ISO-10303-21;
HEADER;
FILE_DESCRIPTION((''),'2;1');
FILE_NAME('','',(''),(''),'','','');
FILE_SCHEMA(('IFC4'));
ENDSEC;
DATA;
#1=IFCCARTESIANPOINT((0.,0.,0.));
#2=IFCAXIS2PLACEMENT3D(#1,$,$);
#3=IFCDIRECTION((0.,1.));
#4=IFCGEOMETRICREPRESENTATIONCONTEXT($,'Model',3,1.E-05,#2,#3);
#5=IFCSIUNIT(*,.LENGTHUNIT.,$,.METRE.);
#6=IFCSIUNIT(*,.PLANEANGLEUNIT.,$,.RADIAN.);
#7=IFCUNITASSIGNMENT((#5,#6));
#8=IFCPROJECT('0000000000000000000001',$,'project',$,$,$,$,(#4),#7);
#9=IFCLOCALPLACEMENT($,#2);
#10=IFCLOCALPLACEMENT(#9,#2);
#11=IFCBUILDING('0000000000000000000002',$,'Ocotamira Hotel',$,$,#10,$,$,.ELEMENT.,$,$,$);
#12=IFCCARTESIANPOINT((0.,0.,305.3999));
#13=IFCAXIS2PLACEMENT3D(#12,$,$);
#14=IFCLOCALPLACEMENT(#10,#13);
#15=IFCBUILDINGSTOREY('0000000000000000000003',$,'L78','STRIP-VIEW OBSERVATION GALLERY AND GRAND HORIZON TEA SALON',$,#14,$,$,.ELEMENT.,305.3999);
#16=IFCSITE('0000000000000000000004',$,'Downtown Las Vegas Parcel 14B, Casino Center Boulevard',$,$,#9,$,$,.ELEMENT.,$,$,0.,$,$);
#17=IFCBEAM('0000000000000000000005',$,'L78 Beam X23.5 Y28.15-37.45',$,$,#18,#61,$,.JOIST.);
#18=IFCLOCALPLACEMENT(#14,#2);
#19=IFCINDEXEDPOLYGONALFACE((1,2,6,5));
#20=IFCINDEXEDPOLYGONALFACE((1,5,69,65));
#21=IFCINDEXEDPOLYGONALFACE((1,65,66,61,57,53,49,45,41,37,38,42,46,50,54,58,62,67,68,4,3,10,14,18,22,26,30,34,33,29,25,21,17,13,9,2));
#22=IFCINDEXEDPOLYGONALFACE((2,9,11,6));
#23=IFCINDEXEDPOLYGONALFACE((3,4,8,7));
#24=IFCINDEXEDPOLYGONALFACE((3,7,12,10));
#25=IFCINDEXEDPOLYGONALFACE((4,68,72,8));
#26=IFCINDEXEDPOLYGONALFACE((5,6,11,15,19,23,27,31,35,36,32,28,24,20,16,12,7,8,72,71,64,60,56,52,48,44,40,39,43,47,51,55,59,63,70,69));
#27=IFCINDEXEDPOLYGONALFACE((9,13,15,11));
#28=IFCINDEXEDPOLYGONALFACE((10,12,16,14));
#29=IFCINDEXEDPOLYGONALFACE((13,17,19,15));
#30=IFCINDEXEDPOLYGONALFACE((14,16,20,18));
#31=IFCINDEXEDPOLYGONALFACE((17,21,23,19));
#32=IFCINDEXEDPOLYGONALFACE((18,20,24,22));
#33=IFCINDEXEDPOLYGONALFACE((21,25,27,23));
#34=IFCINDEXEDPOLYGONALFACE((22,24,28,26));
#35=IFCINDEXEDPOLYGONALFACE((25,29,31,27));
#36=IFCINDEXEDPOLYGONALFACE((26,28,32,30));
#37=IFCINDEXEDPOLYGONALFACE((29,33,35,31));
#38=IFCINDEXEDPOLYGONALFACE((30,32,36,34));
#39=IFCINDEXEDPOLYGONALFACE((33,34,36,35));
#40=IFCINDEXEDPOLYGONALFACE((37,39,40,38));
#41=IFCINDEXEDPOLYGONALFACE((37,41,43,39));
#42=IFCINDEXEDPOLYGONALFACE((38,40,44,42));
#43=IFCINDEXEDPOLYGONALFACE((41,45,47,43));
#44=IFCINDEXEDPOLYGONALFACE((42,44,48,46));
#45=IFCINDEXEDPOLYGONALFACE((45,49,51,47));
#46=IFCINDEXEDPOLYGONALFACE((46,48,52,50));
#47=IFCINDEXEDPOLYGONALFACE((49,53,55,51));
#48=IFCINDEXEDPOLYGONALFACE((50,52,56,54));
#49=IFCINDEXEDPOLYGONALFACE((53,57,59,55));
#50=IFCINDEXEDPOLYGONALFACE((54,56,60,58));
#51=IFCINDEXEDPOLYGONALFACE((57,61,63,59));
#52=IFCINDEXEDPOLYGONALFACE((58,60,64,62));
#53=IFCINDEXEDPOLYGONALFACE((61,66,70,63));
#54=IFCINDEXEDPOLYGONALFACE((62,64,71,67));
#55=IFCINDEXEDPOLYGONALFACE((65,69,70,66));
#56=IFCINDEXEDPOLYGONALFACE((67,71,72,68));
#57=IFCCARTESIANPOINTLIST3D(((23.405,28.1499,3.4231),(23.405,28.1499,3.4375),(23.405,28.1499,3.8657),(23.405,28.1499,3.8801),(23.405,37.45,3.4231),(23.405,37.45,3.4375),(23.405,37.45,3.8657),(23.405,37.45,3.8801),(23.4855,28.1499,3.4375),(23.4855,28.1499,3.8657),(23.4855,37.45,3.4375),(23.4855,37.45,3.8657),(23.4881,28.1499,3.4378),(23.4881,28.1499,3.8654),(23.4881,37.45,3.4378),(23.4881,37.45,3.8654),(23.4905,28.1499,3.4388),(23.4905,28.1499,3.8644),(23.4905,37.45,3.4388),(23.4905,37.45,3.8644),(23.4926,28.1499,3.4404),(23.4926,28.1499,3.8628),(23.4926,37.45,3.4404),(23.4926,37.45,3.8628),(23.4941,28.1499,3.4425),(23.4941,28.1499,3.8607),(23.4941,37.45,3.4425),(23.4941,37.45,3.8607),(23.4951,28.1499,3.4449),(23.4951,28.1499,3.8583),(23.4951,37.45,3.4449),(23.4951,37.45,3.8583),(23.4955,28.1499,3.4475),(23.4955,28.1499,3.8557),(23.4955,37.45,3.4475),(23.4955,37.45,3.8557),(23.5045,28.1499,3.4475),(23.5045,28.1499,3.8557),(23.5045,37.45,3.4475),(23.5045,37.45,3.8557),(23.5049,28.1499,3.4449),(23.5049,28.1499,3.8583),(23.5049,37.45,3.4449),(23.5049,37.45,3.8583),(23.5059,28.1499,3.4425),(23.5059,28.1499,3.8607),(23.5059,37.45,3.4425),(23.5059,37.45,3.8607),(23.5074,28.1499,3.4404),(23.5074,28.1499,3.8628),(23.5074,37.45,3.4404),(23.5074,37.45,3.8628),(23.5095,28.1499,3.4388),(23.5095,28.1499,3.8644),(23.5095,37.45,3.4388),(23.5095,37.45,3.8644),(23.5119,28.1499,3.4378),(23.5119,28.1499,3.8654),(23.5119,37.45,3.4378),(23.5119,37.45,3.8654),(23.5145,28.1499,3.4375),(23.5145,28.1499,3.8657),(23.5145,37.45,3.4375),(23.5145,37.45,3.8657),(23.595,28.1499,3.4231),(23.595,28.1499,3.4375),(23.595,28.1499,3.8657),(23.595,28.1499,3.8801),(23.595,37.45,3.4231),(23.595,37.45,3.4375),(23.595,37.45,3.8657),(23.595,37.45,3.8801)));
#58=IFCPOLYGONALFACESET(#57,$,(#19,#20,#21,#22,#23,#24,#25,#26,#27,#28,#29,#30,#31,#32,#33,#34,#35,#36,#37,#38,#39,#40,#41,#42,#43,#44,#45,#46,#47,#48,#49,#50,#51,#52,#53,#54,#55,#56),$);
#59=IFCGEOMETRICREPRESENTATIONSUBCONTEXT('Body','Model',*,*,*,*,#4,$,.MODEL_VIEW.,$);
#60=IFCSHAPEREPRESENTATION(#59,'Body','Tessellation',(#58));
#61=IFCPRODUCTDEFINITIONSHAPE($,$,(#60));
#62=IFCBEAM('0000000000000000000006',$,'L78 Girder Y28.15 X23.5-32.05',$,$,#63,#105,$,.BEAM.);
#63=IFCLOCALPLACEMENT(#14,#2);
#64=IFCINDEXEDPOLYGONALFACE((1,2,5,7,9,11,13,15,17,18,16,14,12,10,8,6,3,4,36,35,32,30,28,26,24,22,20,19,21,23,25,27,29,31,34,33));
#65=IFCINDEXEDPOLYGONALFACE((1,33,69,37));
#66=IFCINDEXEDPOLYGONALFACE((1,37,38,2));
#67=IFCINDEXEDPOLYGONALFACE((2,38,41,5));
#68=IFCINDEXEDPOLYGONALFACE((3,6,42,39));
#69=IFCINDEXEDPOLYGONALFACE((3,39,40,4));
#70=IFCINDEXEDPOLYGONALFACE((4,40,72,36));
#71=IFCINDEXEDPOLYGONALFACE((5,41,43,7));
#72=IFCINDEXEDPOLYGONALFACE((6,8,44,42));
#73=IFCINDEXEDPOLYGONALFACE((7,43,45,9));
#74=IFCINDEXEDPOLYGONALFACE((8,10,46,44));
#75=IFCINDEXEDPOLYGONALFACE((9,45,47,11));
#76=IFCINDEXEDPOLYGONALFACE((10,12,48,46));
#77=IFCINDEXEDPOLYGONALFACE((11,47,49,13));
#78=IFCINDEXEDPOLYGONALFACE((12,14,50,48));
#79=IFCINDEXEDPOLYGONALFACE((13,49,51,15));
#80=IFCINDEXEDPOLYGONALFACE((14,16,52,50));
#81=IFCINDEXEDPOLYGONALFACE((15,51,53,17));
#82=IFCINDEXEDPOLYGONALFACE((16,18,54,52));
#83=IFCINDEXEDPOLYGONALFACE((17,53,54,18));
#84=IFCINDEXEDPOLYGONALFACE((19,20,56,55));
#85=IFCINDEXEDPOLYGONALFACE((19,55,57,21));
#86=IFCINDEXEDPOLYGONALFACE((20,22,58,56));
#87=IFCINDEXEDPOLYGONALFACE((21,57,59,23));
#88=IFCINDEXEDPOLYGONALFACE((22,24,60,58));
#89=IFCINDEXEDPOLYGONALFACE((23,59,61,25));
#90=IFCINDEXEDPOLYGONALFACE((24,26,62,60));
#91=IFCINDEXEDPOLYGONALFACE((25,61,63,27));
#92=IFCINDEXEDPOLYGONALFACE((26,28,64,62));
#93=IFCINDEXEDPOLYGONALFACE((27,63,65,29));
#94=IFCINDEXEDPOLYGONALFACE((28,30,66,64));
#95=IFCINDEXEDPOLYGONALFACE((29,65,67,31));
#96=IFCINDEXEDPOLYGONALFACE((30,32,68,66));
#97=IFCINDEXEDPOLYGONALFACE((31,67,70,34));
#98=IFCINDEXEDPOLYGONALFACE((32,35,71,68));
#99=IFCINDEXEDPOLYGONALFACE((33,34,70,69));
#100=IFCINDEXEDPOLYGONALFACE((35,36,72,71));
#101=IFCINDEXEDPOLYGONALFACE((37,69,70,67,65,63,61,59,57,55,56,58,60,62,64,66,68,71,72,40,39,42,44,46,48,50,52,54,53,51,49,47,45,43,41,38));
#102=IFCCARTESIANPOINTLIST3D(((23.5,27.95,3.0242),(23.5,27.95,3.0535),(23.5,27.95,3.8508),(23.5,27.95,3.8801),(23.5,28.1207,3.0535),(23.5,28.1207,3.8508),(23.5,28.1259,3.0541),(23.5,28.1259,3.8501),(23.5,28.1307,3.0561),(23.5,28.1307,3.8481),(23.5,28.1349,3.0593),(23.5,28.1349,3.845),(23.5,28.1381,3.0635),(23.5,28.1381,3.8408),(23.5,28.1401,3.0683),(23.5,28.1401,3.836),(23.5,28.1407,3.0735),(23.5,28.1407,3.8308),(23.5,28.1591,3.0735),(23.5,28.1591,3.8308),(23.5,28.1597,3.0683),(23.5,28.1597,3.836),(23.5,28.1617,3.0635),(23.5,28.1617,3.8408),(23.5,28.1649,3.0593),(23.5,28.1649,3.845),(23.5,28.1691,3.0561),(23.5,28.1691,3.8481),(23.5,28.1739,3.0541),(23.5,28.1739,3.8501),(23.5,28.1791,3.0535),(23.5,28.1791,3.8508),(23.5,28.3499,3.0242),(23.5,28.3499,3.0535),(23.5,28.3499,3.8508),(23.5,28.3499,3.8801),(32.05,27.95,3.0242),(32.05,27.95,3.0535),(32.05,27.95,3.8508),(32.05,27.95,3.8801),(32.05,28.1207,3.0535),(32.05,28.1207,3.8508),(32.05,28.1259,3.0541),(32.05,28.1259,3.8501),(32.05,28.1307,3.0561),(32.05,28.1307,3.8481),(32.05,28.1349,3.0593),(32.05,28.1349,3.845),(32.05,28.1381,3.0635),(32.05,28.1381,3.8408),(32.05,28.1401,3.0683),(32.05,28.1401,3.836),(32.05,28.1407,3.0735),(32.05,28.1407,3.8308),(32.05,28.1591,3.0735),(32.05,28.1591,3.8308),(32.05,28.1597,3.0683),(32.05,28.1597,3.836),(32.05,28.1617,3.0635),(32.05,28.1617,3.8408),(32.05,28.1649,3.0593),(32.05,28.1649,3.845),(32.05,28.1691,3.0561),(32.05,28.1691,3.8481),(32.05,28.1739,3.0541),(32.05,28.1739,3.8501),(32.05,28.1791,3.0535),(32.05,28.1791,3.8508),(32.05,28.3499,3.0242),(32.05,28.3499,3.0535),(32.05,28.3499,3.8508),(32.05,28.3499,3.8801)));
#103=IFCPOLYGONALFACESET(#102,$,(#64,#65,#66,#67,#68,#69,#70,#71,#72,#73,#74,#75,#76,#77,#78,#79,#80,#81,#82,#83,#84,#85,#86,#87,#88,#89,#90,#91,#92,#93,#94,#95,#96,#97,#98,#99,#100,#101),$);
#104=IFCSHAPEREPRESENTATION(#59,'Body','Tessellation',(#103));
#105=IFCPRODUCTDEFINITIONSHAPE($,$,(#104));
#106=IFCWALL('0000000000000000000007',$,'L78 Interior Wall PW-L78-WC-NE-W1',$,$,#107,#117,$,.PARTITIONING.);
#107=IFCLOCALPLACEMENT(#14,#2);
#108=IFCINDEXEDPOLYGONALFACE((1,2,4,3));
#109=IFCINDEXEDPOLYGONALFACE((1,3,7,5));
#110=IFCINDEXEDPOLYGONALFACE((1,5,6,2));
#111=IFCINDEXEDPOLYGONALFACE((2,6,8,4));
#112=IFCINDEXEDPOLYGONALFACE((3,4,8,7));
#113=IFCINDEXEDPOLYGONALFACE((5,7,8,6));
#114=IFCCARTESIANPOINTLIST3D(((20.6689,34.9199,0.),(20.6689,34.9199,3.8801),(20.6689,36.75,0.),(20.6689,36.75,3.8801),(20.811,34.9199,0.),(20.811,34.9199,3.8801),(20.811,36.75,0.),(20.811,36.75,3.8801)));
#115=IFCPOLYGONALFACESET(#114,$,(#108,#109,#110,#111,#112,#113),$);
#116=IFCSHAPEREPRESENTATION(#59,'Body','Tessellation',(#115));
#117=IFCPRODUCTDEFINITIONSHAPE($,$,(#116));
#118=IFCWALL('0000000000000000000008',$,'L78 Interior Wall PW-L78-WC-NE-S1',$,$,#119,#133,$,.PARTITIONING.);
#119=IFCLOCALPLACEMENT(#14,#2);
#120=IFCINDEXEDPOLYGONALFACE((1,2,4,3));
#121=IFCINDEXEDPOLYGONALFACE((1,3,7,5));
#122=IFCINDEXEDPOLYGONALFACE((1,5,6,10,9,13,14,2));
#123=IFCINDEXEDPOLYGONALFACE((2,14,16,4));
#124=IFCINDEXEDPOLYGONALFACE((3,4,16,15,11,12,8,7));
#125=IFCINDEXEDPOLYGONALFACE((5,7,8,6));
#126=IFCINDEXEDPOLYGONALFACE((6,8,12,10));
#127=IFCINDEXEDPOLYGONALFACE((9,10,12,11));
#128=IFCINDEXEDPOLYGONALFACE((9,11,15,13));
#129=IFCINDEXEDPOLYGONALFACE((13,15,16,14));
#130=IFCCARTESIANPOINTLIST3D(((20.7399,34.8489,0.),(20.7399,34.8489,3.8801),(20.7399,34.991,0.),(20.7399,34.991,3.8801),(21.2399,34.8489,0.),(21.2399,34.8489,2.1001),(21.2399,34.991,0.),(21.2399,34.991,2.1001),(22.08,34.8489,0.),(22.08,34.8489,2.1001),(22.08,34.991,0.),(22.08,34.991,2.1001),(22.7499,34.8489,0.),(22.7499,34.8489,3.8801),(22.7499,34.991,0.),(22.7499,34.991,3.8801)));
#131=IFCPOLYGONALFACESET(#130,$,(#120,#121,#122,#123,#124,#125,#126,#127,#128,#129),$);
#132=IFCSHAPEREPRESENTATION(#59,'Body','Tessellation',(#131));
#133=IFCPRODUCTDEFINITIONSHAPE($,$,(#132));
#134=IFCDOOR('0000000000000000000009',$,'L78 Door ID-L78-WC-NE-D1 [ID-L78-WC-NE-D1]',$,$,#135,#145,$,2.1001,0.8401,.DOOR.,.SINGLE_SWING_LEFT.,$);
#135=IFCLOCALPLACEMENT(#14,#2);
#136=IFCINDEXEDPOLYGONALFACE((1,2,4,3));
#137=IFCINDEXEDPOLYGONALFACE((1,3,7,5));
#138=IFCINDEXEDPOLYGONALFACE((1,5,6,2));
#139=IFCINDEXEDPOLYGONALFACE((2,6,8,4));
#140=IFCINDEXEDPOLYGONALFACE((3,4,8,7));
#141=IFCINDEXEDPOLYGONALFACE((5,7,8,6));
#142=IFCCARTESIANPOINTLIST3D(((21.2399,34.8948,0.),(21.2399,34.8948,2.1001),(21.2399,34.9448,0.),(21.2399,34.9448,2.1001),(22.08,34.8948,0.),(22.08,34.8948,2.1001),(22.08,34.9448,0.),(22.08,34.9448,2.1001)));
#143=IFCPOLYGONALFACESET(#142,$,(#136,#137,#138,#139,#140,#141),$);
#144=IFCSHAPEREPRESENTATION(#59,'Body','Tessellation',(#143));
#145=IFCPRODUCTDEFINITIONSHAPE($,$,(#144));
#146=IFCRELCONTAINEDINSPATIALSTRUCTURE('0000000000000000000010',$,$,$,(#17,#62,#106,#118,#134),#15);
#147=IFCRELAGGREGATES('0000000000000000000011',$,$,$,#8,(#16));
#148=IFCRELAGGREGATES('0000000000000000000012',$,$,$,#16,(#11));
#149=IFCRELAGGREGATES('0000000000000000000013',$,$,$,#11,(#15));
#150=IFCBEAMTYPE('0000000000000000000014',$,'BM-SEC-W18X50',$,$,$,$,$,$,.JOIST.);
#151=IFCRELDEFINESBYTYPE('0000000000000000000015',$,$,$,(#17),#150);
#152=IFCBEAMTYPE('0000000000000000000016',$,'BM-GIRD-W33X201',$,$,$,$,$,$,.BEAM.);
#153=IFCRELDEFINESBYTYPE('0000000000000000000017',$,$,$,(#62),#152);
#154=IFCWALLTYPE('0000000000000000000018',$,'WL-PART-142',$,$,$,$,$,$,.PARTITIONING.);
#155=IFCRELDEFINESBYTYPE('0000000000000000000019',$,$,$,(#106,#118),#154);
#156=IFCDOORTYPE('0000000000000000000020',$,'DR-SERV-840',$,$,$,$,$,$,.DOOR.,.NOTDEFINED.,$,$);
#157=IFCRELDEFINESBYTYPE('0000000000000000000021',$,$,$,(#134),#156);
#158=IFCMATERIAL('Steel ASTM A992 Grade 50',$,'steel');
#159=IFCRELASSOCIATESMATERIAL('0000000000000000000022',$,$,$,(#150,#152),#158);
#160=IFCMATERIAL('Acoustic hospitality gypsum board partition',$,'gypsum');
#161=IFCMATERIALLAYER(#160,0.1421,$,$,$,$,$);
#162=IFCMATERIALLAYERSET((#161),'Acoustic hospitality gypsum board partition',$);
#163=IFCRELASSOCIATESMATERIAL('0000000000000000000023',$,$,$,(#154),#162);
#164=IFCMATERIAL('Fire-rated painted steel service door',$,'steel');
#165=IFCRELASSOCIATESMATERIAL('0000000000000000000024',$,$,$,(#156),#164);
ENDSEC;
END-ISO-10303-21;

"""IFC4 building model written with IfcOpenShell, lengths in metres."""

from ifc_helpers import new_model, si_unit, direction, frame, frame_2d, origin, origin_2d, place, context, subcontext, project, spatial, rectangle, i_section, extrude, source, transform, mapped, material, layer, layer_set, material_profile, profile_set, type_object, element, fill, save


model = new_model("IFC4")

# Units and contexts
model_context = context("Model", 3, precision=1e-05, world=origin(), true_north=direction((0.0, 1.0)))
body_context = subcontext(model_context, "Body", "Model", "MODEL_VIEW")
ifc_project = project(units=[si_unit("LENGTHUNIT", "METRE"), si_unit("PLANEANGLEUNIT", "RADIAN")], contexts=[model_context])

# Site, building, storey
site_placement = place(None, origin())
site = spatial("IfcSite", under=ifc_project, at=site_placement, Name="Downtown Las Vegas Parcel 14B, Casino Center Boulevard", CompositionType="ELEMENT", RefElevation=0.0)
building_placement = place(site_placement, origin())
building = spatial("IfcBuilding", under=site, at=building_placement, Name="Ocotamira Hotel", CompositionType="ELEMENT")
storey_placement = place(building_placement, frame((0.0, 0.0, 305.3999)))
storey = spatial("IfcBuildingStorey", under=building, at=storey_placement, Name="L78", Description="STRIP-VIEW OBSERVATION GALLERY AND GRAND HORIZON TEA SALON", CompositionType="ELEMENT", Elevation=305.3999)

# Shared definitions
ifc_material_1 = material(Name="Steel ASTM A992 Grade 50", Category="steel")

# Beams
ifc_material_profile_1 = material_profile(ifc_material_1, i_section(OverallWidth=0.1899, OverallDepth=0.457, WebThickness=0.009, FlangeThickness=0.0144, FilletRadius=0.01, at=origin_2d()), Name="W18X50")
ifc_profile_set_1 = profile_set([ifc_material_profile_1], Name="Steel ASTM A992 Grade 50")
beam_type_1 = type_object("IfcBeamType", Name="BM-SEC-W18X50", PredefinedType="JOIST", material=ifc_profile_set_1)
shared_shape_1 = source(origin(), body_context, "Body", "SweptSolid", [
    extrude(i_section(OverallWidth=0.1899, OverallDepth=0.457, WebThickness=0.009, FlangeThickness=0.0144, FilletRadius=0.01, at=origin_2d()), origin(), (0.0, 0.0, 1.0), 9.3),
])
beam_1_placement = place(storey_placement, frame((23.5, 28.1499, 3.6516), z_axis=(0.0, 1.0, 0.0), x_axis=(-1.0, 0.0, 0.0)))
element("IfcBeam", 1, at=beam_1_placement, inside=storey, type_object=beam_type_1, Name="L78 Beam X23.5 Y28.15-37.45", PredefinedType="JOIST", context=body_context, shape_type="MappedRepresentation", body=[
    mapped(shared_shape_1, transform((0.0, 0.0, 0.0), scale=1.0)),
])
ifc_material_profile_2 = material_profile(ifc_material_1, i_section(OverallWidth=0.3999, OverallDepth=0.856, WebThickness=0.0183, FlangeThickness=0.0293, FilletRadius=0.02, at=origin_2d()), Name="W33X201")
ifc_profile_set_2 = profile_set([ifc_material_profile_2], Name="Steel ASTM A992 Grade 50")
beam_type_2 = type_object("IfcBeamType", Name="BM-GIRD-W33X201", PredefinedType="BEAM", material=ifc_profile_set_2)
shared_shape_2 = source(origin(), body_context, "Body", "SweptSolid", [
    extrude(i_section(OverallWidth=0.3999, OverallDepth=0.856, WebThickness=0.0183, FlangeThickness=0.0293, FilletRadius=0.02, at=origin_2d()), origin(), (0.0, 0.0, 1.0), 8.55),
])
beam_2_placement = place(storey_placement, frame((23.5, 28.1499, 3.4521), z_axis=(1.0, 0.0, 0.0), x_axis=(0.0, 1.0, 0.0)))
element("IfcBeam", 2, at=beam_2_placement, inside=storey, type_object=beam_type_2, Name="L78 Girder Y28.15 X23.5-32.05", PredefinedType="BEAM", context=body_context, shape_type="MappedRepresentation", body=[
    mapped(shared_shape_2, transform((0.0, 0.0, 0.0), scale=1.0)),
])

# Wall
ifc_material_2 = material(Name="Acoustic hospitality gypsum board partition", Category="gypsum")
ifc_layer_1 = layer(ifc_material_2, 0.1421)
ifc_layer_set_1 = layer_set([ifc_layer_1], Name="Acoustic hospitality gypsum board partition")
wall_type_1 = type_object("IfcWallType", Name="WL-PART-142", PredefinedType="PARTITIONING", material=ifc_layer_set_1)
wall_1_placement = place(storey_placement, frame((20.74, 34.9199, 0.0), z_axis=(0.0, 0.0, 1.0), x_axis=(0.0, 1.0, 0.0)))
element("IfcWall", 3, at=wall_1_placement, inside=storey, type_object=wall_type_1, Name="L78 Interior Wall PW-L78-WC-NE-W1", PredefinedType="PARTITIONING", context=body_context, shape_type="SweptSolid", body=[
    extrude(rectangle(XDim=1.8301, YDim=0.1421, at=frame_2d((0.915, 0.0))), origin(), (0.0, 0.0, 1.0), 3.8801),
])

# Wall, opening, door
wall_2_placement = place(storey_placement, frame((20.74, 34.9199, 0.0), z_axis=(0.0, 0.0, 1.0), x_axis=(1.0, 0.0, 0.0)))
wall_2 = element("IfcWall", 4, at=wall_2_placement, inside=storey, type_object=wall_type_1, Name="L78 Interior Wall PW-L78-WC-NE-S1", PredefinedType="PARTITIONING", context=body_context, shape_type="SweptSolid", body=[
    extrude(rectangle(XDim=2.01, YDim=0.1421, at=frame_2d((1.0049, 0.0))), origin(), (0.0, 0.0, 1.0), 3.8801),
])
opening_1_placement = place(wall_2_placement, frame((0.5, 0.0, 0.0)))
opening_1 = element("IfcOpeningElement", 5, at=opening_1_placement, cuts=wall_2, PredefinedType="OPENING", context=body_context, shape_type="SweptSolid", body=[
    extrude(rectangle(XDim=0.8401, YDim=2.1001, at=frame_2d((0.4199, 1.05))), frame((0.0, 0.0811, 0.0), z_axis=(0.0, -1.0, 0.0), x_axis=(1.0, 0.0, 0.0)), (0.0, 0.0, 1.0), 0.1621),
])
ifc_material_3 = material(Name="Fire-rated painted steel service door", Category="steel")
door_type_1 = type_object("IfcDoorType", Name="DR-SERV-840", OperationType="NOTDEFINED", PredefinedType="DOOR", material=ifc_material_3)
shared_shape_3 = source(origin(), body_context, "Body", "SweptSolid", [
    extrude(rectangle(XDim=0.8401, YDim=2.1001, at=frame_2d((0.4199, 1.05))), frame((0.0, 0.0249, 0.0), z_axis=(0.0, -1.0, 0.0), x_axis=(1.0, 0.0, 0.0)), (0.0, 0.0, 1.0), 0.05),
])
door_1_placement = place(opening_1_placement, origin())
door_1 = element("IfcDoor", 6, at=door_1_placement, inside=storey, type_object=door_type_1, Name="L78 Door ID-L78-WC-NE-D1 [ID-L78-WC-NE-D1]", OperationType="SINGLE_SWING_LEFT", OverallHeight=2.1001, OverallWidth=0.8401, PredefinedType="DOOR", context=body_context, shape_type="MappedRepresentation", body=[
    mapped(shared_shape_3, transform((0.0, 0.0, 0.0), scale=1.0)),
])
fill(opening_1, door_1)

save(model, "model.ifc")
